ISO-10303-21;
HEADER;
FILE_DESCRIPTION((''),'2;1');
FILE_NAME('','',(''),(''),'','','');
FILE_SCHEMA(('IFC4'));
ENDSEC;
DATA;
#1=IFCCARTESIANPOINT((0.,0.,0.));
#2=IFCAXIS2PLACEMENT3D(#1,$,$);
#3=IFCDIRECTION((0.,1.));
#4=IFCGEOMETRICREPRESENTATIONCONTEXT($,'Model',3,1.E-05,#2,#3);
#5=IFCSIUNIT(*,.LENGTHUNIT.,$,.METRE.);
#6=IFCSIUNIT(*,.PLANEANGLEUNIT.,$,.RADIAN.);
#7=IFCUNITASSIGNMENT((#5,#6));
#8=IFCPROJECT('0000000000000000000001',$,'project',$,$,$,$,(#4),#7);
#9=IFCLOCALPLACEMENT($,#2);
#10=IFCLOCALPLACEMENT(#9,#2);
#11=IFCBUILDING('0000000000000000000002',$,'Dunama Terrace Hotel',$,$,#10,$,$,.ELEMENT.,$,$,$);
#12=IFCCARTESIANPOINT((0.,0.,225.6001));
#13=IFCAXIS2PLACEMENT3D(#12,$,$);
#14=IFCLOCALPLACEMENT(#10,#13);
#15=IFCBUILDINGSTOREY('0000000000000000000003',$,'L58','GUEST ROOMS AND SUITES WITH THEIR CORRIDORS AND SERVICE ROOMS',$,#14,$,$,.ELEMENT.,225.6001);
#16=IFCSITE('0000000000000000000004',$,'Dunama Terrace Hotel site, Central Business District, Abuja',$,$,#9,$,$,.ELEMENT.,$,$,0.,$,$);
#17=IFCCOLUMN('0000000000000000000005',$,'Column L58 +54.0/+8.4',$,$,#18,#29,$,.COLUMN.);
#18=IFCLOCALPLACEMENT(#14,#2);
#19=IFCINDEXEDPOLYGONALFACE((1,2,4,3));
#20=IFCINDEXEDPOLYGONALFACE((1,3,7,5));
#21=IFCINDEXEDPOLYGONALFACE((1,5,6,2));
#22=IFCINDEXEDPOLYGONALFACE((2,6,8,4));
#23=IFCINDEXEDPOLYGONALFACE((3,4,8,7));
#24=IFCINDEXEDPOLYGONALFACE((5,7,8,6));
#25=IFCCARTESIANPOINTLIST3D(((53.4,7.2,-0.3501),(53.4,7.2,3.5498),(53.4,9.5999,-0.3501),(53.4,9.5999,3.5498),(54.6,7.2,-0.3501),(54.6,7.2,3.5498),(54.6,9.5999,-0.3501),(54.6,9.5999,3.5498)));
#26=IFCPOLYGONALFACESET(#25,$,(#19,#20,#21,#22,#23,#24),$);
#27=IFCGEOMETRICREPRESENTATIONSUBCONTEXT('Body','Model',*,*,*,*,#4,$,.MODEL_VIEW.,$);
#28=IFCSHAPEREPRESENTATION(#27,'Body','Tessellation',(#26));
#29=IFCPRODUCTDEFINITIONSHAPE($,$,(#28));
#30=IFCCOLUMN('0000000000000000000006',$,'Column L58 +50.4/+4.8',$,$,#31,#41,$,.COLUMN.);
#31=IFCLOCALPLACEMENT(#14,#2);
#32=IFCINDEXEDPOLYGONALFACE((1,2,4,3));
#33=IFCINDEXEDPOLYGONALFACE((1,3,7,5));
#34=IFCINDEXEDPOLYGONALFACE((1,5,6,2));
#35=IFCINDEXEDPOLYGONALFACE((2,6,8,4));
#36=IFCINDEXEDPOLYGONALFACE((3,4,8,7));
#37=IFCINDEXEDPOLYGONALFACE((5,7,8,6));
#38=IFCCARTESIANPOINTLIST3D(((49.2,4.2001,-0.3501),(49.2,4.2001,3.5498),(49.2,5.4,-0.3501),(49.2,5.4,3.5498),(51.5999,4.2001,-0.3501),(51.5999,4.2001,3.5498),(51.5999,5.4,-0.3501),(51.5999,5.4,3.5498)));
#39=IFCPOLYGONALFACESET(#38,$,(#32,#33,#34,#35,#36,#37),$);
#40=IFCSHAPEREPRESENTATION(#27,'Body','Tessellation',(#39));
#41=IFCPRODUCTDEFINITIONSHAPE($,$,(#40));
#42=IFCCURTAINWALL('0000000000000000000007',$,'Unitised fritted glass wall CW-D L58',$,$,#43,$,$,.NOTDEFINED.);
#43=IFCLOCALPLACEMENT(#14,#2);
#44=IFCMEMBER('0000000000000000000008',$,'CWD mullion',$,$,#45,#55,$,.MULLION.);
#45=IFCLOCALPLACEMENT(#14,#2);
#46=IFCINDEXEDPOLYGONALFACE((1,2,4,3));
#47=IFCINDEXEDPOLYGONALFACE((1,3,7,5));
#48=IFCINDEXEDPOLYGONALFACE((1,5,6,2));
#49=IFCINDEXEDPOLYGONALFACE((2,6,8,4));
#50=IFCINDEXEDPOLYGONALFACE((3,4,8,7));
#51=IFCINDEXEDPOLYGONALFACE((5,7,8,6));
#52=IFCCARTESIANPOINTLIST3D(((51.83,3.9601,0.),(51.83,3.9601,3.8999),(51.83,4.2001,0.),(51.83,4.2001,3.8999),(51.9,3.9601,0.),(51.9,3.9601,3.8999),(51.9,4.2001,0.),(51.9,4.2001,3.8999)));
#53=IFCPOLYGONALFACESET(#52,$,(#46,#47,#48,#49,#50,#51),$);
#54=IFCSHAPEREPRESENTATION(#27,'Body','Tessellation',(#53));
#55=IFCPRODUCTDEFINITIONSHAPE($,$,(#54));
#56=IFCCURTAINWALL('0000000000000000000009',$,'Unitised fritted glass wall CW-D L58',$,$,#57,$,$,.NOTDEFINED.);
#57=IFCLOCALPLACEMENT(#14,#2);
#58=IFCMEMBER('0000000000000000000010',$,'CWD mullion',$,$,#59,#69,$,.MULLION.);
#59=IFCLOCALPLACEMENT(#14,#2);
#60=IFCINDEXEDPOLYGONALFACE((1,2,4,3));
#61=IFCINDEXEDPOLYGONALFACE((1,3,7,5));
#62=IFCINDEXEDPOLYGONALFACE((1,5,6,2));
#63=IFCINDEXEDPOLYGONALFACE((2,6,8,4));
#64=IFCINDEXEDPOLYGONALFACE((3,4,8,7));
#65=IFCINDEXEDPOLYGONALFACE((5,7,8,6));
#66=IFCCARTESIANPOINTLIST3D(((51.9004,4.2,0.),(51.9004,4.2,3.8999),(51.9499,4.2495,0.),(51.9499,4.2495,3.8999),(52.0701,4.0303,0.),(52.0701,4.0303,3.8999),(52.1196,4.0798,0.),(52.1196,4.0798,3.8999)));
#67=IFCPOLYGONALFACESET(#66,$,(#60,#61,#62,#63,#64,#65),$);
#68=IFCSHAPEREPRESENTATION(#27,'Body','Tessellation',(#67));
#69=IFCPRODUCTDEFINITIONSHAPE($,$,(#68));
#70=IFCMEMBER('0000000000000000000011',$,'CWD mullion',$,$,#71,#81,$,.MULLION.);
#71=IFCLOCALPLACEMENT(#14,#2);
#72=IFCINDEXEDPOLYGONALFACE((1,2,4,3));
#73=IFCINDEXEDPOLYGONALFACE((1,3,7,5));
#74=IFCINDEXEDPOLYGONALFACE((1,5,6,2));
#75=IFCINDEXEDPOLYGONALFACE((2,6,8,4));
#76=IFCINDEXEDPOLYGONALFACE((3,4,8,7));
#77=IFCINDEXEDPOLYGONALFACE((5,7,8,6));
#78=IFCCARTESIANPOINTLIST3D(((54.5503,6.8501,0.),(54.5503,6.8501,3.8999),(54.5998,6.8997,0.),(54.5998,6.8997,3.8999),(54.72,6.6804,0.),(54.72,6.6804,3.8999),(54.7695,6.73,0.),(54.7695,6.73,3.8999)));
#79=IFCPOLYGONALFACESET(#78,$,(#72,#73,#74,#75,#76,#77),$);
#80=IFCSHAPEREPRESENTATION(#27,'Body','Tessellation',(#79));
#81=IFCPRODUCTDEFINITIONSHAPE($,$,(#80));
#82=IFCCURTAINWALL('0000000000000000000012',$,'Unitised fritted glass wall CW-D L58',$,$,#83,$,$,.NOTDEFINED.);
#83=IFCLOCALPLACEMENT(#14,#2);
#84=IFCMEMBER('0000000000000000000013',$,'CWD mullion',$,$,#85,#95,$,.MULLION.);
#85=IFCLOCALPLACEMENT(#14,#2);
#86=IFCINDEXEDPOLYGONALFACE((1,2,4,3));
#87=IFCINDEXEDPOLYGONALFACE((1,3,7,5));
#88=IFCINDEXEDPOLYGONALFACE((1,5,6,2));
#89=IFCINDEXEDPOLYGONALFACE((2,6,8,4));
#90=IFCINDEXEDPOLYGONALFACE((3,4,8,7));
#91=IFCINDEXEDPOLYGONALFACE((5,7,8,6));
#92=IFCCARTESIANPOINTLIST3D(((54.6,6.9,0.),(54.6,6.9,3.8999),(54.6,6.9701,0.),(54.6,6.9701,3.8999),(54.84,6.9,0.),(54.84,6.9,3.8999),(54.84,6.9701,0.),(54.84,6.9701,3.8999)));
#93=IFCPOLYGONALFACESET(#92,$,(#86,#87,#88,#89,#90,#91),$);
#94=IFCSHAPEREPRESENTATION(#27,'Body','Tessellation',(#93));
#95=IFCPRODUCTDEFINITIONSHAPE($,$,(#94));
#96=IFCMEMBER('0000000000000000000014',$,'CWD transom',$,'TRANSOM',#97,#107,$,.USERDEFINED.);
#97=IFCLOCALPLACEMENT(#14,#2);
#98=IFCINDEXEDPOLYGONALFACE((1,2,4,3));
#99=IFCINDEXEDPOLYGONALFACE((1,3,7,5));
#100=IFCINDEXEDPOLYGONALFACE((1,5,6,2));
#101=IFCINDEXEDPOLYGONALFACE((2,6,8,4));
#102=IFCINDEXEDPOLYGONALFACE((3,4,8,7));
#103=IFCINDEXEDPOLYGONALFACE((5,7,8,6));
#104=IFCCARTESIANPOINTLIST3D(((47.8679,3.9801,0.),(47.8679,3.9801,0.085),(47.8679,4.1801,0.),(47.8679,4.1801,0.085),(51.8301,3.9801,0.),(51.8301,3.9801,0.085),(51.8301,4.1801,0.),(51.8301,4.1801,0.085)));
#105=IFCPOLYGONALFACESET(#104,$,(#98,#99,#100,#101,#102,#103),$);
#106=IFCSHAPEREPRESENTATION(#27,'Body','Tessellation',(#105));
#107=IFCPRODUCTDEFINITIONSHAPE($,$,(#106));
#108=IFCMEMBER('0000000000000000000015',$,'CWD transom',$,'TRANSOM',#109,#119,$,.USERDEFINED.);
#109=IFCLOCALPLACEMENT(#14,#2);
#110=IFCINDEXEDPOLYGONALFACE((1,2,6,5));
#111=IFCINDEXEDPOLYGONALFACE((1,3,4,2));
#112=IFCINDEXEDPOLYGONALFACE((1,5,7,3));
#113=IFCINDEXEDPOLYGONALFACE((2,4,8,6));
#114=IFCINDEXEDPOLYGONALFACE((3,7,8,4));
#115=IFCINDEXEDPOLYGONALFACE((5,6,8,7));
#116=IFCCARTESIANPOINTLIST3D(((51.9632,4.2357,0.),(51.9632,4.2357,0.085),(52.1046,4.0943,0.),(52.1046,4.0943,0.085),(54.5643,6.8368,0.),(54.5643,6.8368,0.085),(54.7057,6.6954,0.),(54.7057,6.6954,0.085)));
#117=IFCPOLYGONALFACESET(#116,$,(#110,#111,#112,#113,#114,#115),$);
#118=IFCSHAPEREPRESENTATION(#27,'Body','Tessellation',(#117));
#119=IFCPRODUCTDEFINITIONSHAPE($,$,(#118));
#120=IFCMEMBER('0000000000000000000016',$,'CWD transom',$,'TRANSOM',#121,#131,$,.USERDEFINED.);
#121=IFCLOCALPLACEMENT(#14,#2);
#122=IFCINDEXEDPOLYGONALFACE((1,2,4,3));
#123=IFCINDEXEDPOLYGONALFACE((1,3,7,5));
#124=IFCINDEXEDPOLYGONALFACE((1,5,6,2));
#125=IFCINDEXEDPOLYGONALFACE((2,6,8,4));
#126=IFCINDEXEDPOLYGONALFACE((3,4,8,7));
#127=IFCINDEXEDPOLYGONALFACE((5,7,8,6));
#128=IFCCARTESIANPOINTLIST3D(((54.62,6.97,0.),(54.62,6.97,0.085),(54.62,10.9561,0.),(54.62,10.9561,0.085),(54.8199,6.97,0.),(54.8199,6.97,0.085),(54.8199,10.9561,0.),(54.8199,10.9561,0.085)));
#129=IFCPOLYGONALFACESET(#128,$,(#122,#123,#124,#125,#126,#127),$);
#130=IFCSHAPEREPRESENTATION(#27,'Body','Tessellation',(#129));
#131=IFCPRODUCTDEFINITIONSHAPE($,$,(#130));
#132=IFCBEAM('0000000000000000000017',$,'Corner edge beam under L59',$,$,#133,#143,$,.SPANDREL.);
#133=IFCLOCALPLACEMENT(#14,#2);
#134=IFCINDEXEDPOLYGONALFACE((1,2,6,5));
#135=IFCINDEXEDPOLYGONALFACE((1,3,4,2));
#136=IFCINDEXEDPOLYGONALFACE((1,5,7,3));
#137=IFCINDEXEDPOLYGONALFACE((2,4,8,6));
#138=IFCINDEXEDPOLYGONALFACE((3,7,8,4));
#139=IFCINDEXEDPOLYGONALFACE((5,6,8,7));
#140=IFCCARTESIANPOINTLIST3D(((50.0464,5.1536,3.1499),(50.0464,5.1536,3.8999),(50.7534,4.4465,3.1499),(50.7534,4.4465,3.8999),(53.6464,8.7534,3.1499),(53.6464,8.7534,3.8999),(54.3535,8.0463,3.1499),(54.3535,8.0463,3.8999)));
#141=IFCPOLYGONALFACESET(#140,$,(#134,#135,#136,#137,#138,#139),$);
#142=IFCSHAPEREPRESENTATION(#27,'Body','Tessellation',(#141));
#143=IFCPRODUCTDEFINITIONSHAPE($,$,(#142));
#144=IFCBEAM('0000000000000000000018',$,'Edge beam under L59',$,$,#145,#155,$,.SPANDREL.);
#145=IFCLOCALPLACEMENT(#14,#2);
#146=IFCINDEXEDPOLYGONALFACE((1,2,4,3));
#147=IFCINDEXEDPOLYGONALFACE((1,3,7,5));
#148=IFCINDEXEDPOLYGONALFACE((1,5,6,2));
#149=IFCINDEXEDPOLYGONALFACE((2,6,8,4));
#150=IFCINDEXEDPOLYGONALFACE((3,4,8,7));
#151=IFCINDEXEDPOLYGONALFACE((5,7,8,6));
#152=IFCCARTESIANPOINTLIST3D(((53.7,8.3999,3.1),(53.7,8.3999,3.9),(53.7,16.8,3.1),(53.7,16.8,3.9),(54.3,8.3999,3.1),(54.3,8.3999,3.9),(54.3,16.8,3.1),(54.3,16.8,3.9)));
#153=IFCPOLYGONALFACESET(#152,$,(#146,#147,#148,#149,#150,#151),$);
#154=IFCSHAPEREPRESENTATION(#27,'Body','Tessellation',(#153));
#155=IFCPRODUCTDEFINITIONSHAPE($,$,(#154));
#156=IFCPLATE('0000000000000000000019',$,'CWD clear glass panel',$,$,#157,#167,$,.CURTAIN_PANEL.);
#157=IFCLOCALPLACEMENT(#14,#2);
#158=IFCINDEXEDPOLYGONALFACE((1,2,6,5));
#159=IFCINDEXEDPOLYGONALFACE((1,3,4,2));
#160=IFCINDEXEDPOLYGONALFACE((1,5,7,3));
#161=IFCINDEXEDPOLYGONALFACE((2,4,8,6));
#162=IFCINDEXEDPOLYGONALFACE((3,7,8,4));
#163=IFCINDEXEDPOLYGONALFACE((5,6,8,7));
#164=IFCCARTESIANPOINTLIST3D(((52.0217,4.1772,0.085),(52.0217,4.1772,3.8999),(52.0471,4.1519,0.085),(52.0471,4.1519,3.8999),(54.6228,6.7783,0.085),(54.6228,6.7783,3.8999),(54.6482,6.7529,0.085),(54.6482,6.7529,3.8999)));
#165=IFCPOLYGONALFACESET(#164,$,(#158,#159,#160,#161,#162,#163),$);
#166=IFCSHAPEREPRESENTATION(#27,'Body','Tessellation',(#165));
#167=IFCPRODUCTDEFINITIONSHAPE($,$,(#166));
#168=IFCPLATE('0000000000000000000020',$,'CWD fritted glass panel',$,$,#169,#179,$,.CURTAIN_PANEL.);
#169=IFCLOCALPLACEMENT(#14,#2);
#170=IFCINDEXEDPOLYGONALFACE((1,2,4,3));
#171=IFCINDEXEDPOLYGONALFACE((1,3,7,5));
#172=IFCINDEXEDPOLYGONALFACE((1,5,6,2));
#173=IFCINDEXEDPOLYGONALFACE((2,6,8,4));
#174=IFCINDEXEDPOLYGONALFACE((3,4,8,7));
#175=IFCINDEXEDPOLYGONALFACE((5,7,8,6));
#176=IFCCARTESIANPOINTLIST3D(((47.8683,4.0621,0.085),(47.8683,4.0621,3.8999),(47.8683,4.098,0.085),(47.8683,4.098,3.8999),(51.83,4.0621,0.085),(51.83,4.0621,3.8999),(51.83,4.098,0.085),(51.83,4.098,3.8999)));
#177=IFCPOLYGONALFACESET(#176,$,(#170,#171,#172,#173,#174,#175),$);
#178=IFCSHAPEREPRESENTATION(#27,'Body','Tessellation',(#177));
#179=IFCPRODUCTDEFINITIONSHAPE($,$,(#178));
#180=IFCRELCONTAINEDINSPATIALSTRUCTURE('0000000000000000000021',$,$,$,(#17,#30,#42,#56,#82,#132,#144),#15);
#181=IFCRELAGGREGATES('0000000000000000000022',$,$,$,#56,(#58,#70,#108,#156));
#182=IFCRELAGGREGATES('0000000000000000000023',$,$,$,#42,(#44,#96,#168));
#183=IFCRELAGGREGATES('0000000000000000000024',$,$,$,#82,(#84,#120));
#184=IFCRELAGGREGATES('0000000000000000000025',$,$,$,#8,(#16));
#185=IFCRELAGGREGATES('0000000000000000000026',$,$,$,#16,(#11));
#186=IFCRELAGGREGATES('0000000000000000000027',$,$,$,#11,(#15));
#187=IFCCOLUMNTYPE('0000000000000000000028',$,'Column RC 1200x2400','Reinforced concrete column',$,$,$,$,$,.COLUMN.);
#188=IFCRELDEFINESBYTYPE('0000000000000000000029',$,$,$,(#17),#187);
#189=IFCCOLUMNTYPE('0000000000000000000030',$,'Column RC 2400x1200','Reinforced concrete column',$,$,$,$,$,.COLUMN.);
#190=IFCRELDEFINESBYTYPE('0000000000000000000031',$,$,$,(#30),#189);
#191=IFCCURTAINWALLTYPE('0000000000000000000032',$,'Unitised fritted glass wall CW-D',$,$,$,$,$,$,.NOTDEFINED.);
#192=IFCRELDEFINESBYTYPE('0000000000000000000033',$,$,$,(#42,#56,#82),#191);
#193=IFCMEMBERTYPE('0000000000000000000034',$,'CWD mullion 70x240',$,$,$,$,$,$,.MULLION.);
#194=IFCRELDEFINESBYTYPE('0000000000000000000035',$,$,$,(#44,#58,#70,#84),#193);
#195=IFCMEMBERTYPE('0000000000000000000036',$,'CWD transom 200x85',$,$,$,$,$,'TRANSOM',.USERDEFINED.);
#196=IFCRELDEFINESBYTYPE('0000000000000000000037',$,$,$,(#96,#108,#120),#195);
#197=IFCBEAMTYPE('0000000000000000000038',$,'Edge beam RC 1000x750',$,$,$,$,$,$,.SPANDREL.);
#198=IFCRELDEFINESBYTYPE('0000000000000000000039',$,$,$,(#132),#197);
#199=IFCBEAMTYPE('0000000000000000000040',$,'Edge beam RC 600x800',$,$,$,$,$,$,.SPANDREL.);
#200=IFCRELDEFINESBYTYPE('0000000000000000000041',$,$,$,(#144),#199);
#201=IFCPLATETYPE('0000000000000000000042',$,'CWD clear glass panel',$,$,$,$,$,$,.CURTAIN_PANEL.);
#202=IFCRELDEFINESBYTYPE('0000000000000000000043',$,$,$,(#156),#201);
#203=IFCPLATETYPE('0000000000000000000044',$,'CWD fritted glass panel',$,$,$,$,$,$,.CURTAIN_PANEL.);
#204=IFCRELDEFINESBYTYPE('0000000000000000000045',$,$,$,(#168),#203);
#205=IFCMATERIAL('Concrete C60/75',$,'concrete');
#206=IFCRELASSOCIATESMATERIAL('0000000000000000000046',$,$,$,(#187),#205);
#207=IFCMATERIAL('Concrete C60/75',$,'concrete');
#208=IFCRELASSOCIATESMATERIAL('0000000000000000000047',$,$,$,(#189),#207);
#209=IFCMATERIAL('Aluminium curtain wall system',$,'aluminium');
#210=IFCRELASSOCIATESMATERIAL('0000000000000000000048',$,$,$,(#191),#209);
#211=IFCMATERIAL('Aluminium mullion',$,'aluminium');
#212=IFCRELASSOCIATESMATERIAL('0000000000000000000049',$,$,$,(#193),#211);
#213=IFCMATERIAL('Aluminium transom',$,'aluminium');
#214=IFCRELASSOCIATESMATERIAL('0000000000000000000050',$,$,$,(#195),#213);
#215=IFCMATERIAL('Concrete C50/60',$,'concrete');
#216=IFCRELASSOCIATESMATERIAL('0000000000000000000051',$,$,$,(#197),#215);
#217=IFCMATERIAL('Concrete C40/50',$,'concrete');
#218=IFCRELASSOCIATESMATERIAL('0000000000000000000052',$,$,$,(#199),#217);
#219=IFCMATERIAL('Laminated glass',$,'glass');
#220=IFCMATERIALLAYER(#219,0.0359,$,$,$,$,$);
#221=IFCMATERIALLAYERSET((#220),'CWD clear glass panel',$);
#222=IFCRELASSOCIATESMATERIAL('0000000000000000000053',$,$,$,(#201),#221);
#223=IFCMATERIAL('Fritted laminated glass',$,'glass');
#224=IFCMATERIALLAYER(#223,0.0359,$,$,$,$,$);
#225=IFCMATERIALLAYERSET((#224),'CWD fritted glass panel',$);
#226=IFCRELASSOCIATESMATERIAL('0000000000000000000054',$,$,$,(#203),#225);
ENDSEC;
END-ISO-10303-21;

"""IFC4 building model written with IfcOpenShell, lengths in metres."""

from ifc_helpers import new_model, si_unit, direction, frame, origin, origin_2d, place, context, subcontext, project, spatial, rectangle, extrude, material, layer, layer_set, material_profile, profile_set, type_object, element, aggregate, save


model = new_model("IFC4")

# Units and contexts
model_context = context("Model", 3, precision=1e-05, world=origin(), true_north=direction((0.0, 1.0)))
body_context = subcontext(model_context, "Body", "Model", "MODEL_VIEW")
ifc_project = project(units=[si_unit("LENGTHUNIT", "METRE"), si_unit("PLANEANGLEUNIT", "RADIAN")], contexts=[model_context])

# Site, building, storey
site_placement = place(None, origin())
site = spatial("IfcSite", under=ifc_project, at=site_placement, Name="Dunama Terrace Hotel site, Central Business District, Abuja", CompositionType="ELEMENT", RefElevation=0.0)
building_placement = place(site_placement, origin())
building = spatial("IfcBuilding", under=site, at=building_placement, Name="Dunama Terrace Hotel", CompositionType="ELEMENT")
storey_placement = place(building_placement, frame((0.0, 0.0, 225.6001)))
storey = spatial("IfcBuildingStorey", under=building, at=storey_placement, Name="L58", Description="GUEST ROOMS AND SUITES WITH THEIR CORRIDORS AND SERVICE ROOMS", CompositionType="ELEMENT", Elevation=225.6001)

# Columns
ifc_material_1 = material(Name="Concrete C60/75", Category="concrete")
ifc_material_profile_1 = material_profile(ifc_material_1, rectangle(XDim=1.2, YDim=2.3999, at=origin_2d()), Name="RC 1200x2400")
ifc_profile_set_1 = profile_set([ifc_material_profile_1], Name="Concrete C60/75")
column_type_1 = type_object("IfcColumnType", Name="Column RC 1200x2400", Description="Reinforced concrete column", PredefinedType="COLUMN", material=ifc_profile_set_1)
column_1_placement = place(storey_placement, frame((54.0, 8.3999, -0.3501), z_axis=(0.0, 0.0, 1.0), x_axis=(1.0, 0.0, 0.0)))
element("IfcColumn", 1, at=column_1_placement, inside=storey, type_object=column_type_1, Name="Column L58 +54.0/+8.4", PredefinedType="COLUMN", context=body_context, shape_type="SweptSolid", body=[
    extrude(rectangle(XDim=1.2, YDim=2.3999, at=origin_2d()), origin(), (0.0, 0.0, 1.0), 3.8999),
])
ifc_material_2 = material(Name="Concrete C60/75", Category="concrete")
ifc_material_profile_2 = material_profile(ifc_material_2, rectangle(XDim=2.3999, YDim=1.2, at=origin_2d()), Name="RC 2400x1200")
ifc_profile_set_2 = profile_set([ifc_material_profile_2], Name="Concrete C60/75")
column_type_2 = type_object("IfcColumnType", Name="Column RC 2400x1200", Description="Reinforced concrete column", PredefinedType="COLUMN", material=ifc_profile_set_2)
column_2_placement = place(storey_placement, frame((50.3999, 4.8, -0.3501), z_axis=(0.0, 0.0, 1.0), x_axis=(1.0, 0.0, 0.0)))
element("IfcColumn", 2, at=column_2_placement, inside=storey, type_object=column_type_2, Name="Column L58 +50.4/+4.8", PredefinedType="COLUMN", context=body_context, shape_type="SweptSolid", body=[
    extrude(rectangle(XDim=2.3999, YDim=1.2, at=origin_2d()), origin(), (0.0, 0.0, 1.0), 3.8999),
])

# Curtain wall, member
ifc_material_3 = material(Name="Aluminium curtain wall system", Category="aluminium")
curtain_wall_type = type_object("IfcCurtainWallType", Name="Unitised fritted glass wall CW-D", PredefinedType="NOTDEFINED", material=ifc_material_3)
curtain_wall_1_placement = place(storey_placement, origin())
curtain_wall_1 = element("IfcCurtainWall", 3, at=curtain_wall_1_placement, inside=storey, type_object=curtain_wall_type, Name="Unitised fritted glass wall CW-D L58", PredefinedType="NOTDEFINED")
ifc_material_4 = material(Name="Aluminium mullion", Category="aluminium")
ifc_material_profile_3 = material_profile(ifc_material_4, rectangle(XDim=0.0701, YDim=0.24, at=origin_2d()), Name="CWD MULLION 70X240")
ifc_profile_set_3 = profile_set([ifc_material_profile_3], Name="Aluminium mullion")
member_type_1 = type_object("IfcMemberType", Name="CWD mullion 70x240", PredefinedType="MULLION", material=ifc_profile_set_3)
member_1_placement = place(storey_placement, frame((51.865, 4.0801, 0.0), z_axis=(0.0, 0.0, 1.0), x_axis=(1.0, 0.0, 0.0)))
member_1 = element("IfcMember", 4, at=member_1_placement, type_object=member_type_1, Name="CWD mullion", PredefinedType="MULLION", context=body_context, shape_type="SweptSolid", body=[
    extrude(rectangle(XDim=0.0701, YDim=0.24, at=origin_2d()), origin(), (0.0, 0.0, 1.0), 3.8999),
])

# Curtain wall, members
curtain_wall_2_placement = place(storey_placement, origin())
curtain_wall_2 = element("IfcCurtainWall", 5, at=curtain_wall_2_placement, inside=storey, type_object=curtain_wall_type, Name="Unitised fritted glass wall CW-D L58", PredefinedType="NOTDEFINED")
member_2_placement = place(storey_placement, frame((52.01, 4.1399, 0.0), z_axis=(0.0, 0.0, 1.0), x_axis=(0.707107, 0.707107, 0.0)))
member_2 = element("IfcMember", 6, at=member_2_placement, type_object=member_type_1, Name="CWD mullion", PredefinedType="MULLION", context=body_context, shape_type="SweptSolid", body=[
    extrude(rectangle(XDim=0.0701, YDim=0.24, at=origin_2d()), origin(), (0.0, 0.0, 1.0), 3.8999),
])
member_3_placement = place(storey_placement, frame((54.6599, 6.79, 0.0), z_axis=(0.0, 0.0, 1.0), x_axis=(0.707107, 0.707107, 0.0)))
member_3 = element("IfcMember", 7, at=member_3_placement, type_object=member_type_1, Name="CWD mullion", PredefinedType="MULLION", context=body_context, shape_type="SweptSolid", body=[
    extrude(rectangle(XDim=0.0701, YDim=0.24, at=origin_2d()), origin(), (0.0, 0.0, 1.0), 3.8999),
])

# Curtain wall, member
curtain_wall_3_placement = place(storey_placement, origin())
curtain_wall_3 = element("IfcCurtainWall", 8, at=curtain_wall_3_placement, inside=storey, type_object=curtain_wall_type, Name="Unitised fritted glass wall CW-D L58", PredefinedType="NOTDEFINED")
member_4_placement = place(storey_placement, frame((54.72, 6.9351, 0.0), z_axis=(0.0, 0.0, 1.0), x_axis=(0.0, 1.0, 0.0)))
member_4 = element("IfcMember", 9, at=member_4_placement, type_object=member_type_1, Name="CWD mullion", PredefinedType="MULLION", context=body_context, shape_type="SweptSolid", body=[
    extrude(rectangle(XDim=0.0701, YDim=0.24, at=origin_2d()), origin(), (0.0, 0.0, 1.0), 3.8999),
])

# Members
ifc_material_5 = material(Name="Aluminium transom", Category="aluminium")
ifc_material_profile_4 = material_profile(ifc_material_5, rectangle(XDim=0.2, YDim=0.085, at=origin_2d()), Name="CWD TRANSOM 200X85")
ifc_profile_set_4 = profile_set([ifc_material_profile_4], Name="Aluminium transom")
member_type_2 = type_object("IfcMemberType", Name="CWD transom 200x85", ElementType="TRANSOM", PredefinedType="USERDEFINED", material=ifc_profile_set_4)
member_5_placement = place(storey_placement, frame((47.8679, 4.0801, 0.0425), z_axis=(1.0, 0.0, 0.0), x_axis=(0.0, 1.0, 0.0)))
member_5 = element("IfcMember", 10, at=member_5_placement, type_object=member_type_2, Name="CWD transom", ObjectType="TRANSOM", PredefinedType="USERDEFINED", context=body_context, shape_type="SweptSolid", body=[
    extrude(rectangle(XDim=0.2, YDim=0.085, at=origin_2d()), origin(), (0.0, 0.0, 1.0), 3.9622),
])
member_6_placement = place(storey_placement, frame((52.0339, 4.165, 0.0425), z_axis=(0.707107, 0.707107, 0.0), x_axis=(-0.707107, 0.707107, 0.0)))
member_6 = element("IfcMember", 11, at=member_6_placement, type_object=member_type_2, Name="CWD transom", ObjectType="TRANSOM", PredefinedType="USERDEFINED", context=body_context, shape_type="SweptSolid", body=[
    extrude(rectangle(XDim=0.2, YDim=0.085, at=origin_2d()), origin(), (0.0, 0.0, 1.0), 3.6785),
])
member_7_placement = place(storey_placement, frame((54.72, 6.97, 0.0425), z_axis=(0.0, 1.0, 0.0), x_axis=(-1.0, 0.0, 0.0)))
member_7 = element("IfcMember", 12, at=member_7_placement, type_object=member_type_2, Name="CWD transom", ObjectType="TRANSOM", PredefinedType="USERDEFINED", context=body_context, shape_type="SweptSolid", body=[
    extrude(rectangle(XDim=0.2, YDim=0.085, at=origin_2d()), origin(), (0.0, 0.0, 1.0), 3.9861),
])

# Beams
ifc_material_6 = material(Name="Concrete C50/60", Category="concrete")
ifc_material_profile_5 = material_profile(ifc_material_6, rectangle(XDim=1.0, YDim=0.75, at=origin_2d()), Name="RC 1000x750")
ifc_profile_set_5 = profile_set([ifc_material_profile_5], Name="Concrete C50/60")
beam_type_1 = type_object("IfcBeamType", Name="Edge beam RC 1000x750", PredefinedType="SPANDREL", material=ifc_profile_set_5)
beam_1_placement = place(storey_placement, frame((50.3999, 4.8, 3.5249), z_axis=(0.707131, 0.707083, 0.0), x_axis=(-0.707083, 0.707131, 0.0)))
element("IfcBeam", 13, at=beam_1_placement, inside=storey, type_object=beam_type_1, Name="Corner edge beam under L59", PredefinedType="SPANDREL", context=body_context, shape_type="SweptSolid", body=[
    extrude(rectangle(XDim=1.0, YDim=0.75, at=origin_2d()), origin(), (0.0, 0.0, 1.0), 5.0911),
])
ifc_material_7 = material(Name="Concrete C40/50", Category="concrete")
ifc_material_profile_6 = material_profile(ifc_material_7, rectangle(XDim=0.6001, YDim=0.8, at=origin_2d()), Name="RC 600x800")
ifc_profile_set_6 = profile_set([ifc_material_profile_6], Name="Concrete C40/50")
beam_type_2 = type_object("IfcBeamType", Name="Edge beam RC 600x800", PredefinedType="SPANDREL", material=ifc_profile_set_6)
beam_2_placement = place(storey_placement, frame((54.0, 8.3999, 3.5), z_axis=(0.0, 1.0, 0.0), x_axis=(-1.0, 0.0, 0.0)))
element("IfcBeam", 14, at=beam_2_placement, inside=storey, type_object=beam_type_2, Name="Edge beam under L59", PredefinedType="SPANDREL", context=body_context, shape_type="SweptSolid", body=[
    extrude(rectangle(XDim=0.6001, YDim=0.8, at=origin_2d()), origin(), (0.0, 0.0, 1.0), 8.4001),
])

# Plates
ifc_material_8 = material(Name="Laminated glass", Category="glass")
ifc_layer_1 = layer(ifc_material_8, 0.0359)
ifc_layer_set_1 = layer_set([ifc_layer_1], Name="CWD clear glass panel")
plate_type_1 = type_object("IfcPlateType", Name="CWD clear glass panel", PredefinedType="CURTAIN_PANEL", material=ifc_layer_set_1)
plate_1_placement = place(storey_placement, frame((53.335, 5.4651, 0.085), z_axis=(0.0, 0.0, 1.0), x_axis=(0.707107, 0.707107, 0.0)))
plate_1 = element("IfcPlate", 15, at=plate_1_placement, type_object=plate_type_1, Name="CWD clear glass panel", PredefinedType="CURTAIN_PANEL", context=body_context, shape_type="SweptSolid", body=[
    extrude(rectangle(XDim=3.6785, YDim=0.0359, at=origin_2d()), origin(), (0.0, 0.0, 1.0), 3.8149),
])
aggregate(curtain_wall_2, [member_2, member_3, member_6, plate_1])
ifc_material_9 = material(Name="Fritted laminated glass", Category="glass")
ifc_layer_2 = layer(ifc_material_9, 0.0359)
ifc_layer_set_2 = layer_set([ifc_layer_2], Name="CWD fritted glass panel")
plate_type_2 = type_object("IfcPlateType", Name="CWD fritted glass panel", PredefinedType="CURTAIN_PANEL", material=ifc_layer_set_2)
plate_2_placement = place(storey_placement, frame((49.8491, 4.0801, 0.085), z_axis=(0.0, 0.0, 1.0), x_axis=(1.0, 0.0, 0.0)))
plate_2 = element("IfcPlate", 16, at=plate_2_placement, type_object=plate_type_2, Name="CWD fritted glass panel", PredefinedType="CURTAIN_PANEL", context=body_context, shape_type="SweptSolid", body=[
    extrude(rectangle(XDim=3.9617, YDim=0.0359, at=origin_2d()), origin(), (0.0, 0.0, 1.0), 3.8149),
])
aggregate(curtain_wall_1, [member_1, member_5, plate_2])
aggregate(curtain_wall_3, [member_4, member_7])

save(model, "model.ifc")
